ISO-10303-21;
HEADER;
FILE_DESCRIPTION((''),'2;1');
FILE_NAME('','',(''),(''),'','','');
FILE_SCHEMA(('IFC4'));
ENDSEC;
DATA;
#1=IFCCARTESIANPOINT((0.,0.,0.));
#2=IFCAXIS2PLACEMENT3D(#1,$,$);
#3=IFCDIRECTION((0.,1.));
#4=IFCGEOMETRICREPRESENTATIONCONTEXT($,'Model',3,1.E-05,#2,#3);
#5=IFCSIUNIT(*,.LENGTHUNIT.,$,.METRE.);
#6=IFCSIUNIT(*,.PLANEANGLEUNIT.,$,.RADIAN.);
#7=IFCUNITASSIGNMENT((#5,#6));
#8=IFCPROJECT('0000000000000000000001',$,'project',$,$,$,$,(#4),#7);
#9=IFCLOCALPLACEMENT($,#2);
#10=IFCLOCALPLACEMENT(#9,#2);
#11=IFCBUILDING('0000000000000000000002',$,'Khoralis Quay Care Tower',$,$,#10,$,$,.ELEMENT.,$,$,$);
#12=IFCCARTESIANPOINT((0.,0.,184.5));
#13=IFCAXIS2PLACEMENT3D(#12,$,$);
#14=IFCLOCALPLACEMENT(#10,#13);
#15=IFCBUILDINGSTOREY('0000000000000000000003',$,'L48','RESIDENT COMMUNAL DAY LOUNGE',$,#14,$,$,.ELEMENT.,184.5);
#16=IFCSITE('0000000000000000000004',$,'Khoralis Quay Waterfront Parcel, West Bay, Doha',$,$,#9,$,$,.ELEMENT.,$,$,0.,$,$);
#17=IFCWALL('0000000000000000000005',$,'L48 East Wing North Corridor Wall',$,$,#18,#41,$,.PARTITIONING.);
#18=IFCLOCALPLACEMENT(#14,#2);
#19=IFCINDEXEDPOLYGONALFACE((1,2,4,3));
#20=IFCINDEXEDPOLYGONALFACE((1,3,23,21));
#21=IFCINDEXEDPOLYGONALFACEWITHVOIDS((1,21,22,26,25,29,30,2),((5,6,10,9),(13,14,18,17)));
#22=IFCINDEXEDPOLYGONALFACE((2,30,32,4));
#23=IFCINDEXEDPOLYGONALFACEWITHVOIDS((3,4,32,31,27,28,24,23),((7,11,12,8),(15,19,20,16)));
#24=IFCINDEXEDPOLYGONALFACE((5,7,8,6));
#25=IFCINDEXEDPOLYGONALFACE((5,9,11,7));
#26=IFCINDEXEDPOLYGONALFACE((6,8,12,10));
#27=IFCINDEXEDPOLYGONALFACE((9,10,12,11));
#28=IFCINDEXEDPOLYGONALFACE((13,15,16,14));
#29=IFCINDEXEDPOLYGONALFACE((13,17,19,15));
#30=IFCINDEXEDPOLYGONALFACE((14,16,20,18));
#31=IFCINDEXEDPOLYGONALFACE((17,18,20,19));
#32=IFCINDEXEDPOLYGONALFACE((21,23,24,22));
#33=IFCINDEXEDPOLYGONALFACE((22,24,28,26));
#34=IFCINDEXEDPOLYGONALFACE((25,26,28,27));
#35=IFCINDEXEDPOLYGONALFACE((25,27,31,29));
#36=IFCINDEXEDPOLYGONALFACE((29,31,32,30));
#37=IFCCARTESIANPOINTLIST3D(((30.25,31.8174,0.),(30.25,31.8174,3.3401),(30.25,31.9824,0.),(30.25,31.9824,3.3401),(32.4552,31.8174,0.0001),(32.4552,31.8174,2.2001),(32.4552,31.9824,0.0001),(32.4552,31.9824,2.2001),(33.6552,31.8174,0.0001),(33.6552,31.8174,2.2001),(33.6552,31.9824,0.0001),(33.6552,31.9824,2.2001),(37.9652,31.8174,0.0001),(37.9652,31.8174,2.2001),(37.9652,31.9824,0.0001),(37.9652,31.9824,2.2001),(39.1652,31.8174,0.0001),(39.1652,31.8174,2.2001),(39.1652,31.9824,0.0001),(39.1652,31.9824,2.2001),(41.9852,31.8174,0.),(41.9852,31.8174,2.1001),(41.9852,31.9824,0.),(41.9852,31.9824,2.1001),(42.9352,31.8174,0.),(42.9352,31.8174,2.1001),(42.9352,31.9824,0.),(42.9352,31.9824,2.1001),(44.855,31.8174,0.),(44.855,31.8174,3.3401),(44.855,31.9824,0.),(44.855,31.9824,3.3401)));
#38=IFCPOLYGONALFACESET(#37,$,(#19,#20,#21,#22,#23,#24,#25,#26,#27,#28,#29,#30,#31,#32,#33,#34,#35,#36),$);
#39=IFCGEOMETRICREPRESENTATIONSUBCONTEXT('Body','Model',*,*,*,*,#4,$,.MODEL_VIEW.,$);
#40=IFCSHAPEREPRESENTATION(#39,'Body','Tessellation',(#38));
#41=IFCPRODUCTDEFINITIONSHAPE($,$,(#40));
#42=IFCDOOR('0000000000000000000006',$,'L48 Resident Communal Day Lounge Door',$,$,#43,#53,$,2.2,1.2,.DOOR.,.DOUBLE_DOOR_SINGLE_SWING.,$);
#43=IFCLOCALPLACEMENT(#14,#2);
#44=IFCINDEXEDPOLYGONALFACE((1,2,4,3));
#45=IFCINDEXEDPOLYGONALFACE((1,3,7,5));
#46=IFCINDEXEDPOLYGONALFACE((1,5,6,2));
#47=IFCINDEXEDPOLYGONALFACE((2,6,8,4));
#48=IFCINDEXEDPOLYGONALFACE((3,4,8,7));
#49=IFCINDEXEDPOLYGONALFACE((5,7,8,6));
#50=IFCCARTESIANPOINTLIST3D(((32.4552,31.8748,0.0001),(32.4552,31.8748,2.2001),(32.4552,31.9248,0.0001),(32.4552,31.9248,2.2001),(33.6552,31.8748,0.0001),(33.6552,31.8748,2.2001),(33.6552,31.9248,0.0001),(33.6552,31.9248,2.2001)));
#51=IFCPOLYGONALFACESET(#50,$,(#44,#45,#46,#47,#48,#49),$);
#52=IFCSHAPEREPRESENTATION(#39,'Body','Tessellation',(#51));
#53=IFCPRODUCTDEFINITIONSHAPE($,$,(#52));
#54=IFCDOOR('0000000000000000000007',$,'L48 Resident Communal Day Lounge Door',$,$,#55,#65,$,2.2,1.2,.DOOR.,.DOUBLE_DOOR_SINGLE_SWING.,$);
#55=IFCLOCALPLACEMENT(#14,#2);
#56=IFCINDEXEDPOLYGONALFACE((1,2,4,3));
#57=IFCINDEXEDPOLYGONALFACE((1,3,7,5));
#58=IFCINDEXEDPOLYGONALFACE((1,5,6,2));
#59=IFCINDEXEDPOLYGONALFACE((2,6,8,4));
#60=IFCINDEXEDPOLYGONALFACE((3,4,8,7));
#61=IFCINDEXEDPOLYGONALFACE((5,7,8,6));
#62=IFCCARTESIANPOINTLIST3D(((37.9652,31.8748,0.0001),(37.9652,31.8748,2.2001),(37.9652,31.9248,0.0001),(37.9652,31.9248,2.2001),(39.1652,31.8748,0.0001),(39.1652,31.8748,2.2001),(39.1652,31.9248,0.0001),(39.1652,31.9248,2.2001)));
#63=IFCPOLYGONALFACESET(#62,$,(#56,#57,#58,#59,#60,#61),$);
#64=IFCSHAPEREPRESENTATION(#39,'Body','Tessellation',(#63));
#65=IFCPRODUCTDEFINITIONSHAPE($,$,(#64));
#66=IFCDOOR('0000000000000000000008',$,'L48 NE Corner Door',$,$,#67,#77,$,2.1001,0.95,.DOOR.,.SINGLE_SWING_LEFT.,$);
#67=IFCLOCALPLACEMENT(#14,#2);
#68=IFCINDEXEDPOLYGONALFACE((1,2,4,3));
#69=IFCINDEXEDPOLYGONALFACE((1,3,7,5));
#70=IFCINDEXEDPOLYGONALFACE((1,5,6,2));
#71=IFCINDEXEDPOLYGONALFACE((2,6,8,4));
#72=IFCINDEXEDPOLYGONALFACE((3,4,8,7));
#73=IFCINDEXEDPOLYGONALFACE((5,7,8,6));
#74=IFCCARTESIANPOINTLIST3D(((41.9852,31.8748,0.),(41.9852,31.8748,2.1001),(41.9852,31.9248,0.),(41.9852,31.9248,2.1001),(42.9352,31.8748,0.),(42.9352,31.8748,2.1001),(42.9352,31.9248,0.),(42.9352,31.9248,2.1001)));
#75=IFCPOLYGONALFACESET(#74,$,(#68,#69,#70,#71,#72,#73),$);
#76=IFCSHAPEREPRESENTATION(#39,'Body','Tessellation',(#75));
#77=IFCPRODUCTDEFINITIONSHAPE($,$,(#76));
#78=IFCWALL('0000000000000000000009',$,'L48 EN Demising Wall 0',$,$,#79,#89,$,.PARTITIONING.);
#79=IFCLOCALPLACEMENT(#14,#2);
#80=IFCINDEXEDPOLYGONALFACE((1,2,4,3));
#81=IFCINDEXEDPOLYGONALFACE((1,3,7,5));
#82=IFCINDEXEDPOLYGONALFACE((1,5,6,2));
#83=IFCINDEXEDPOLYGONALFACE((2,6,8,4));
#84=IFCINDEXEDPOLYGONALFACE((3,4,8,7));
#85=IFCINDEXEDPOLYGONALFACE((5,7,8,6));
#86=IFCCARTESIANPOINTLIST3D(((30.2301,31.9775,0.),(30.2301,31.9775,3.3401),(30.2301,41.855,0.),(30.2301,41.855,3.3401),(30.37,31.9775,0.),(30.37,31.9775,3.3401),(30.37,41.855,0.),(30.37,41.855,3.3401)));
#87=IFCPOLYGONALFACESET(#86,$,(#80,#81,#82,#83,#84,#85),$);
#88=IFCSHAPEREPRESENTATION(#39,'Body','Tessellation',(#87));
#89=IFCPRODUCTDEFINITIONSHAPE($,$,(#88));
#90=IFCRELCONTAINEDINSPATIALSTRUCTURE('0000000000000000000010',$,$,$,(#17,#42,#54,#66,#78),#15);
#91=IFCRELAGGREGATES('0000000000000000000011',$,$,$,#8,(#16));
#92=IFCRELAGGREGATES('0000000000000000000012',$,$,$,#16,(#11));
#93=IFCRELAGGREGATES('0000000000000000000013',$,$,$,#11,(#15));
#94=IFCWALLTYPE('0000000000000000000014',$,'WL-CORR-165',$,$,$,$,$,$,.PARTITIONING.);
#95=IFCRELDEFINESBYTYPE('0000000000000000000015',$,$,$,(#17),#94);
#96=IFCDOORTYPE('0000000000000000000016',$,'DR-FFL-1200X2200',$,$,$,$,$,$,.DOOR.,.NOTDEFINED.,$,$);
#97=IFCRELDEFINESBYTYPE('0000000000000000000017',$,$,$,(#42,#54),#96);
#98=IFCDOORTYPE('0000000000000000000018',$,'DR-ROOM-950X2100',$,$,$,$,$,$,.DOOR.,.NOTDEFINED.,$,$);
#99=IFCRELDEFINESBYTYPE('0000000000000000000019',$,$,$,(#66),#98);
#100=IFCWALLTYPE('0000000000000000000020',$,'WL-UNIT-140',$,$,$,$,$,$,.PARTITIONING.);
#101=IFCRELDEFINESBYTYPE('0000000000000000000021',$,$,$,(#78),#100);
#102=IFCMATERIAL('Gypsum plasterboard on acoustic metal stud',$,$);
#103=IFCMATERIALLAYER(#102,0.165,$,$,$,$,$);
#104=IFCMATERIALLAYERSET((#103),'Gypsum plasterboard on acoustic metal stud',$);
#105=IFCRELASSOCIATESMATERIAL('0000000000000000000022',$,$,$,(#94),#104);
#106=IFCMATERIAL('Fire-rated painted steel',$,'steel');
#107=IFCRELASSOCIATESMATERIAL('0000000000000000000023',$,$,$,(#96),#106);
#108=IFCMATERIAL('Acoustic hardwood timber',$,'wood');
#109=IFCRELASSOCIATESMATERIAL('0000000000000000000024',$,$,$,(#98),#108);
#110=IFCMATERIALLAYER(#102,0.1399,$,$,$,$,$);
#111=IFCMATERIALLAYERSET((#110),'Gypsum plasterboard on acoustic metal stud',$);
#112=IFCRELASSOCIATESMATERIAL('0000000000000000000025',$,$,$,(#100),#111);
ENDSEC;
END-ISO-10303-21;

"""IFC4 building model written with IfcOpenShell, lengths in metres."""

from ifc_helpers import new_model, si_unit, direction, frame, frame_2d, origin, place, context, subcontext, project, spatial, rectangle, extrude, source, transform, mapped, material, layer, layer_set, type_object, element, fill, save


model = new_model("IFC4")

# Units and contexts
model_context = context("Model", 3, precision=1e-05, world=origin(), true_north=direction((0.0, 1.0)))
body_context = subcontext(model_context, "Body", "Model", "MODEL_VIEW")
ifc_project = project(units=[si_unit("LENGTHUNIT", "METRE"), si_unit("PLANEANGLEUNIT", "RADIAN")], contexts=[model_context])

# Site, building, storey
site_placement = place(None, origin())
site = spatial("IfcSite", under=ifc_project, at=site_placement, Name="Khoralis Quay Waterfront Parcel, West Bay, Doha", CompositionType="ELEMENT", RefElevation=0.0)
building_placement = place(site_placement, origin())
building = spatial("IfcBuilding", under=site, at=building_placement, Name="Khoralis Quay Care Tower", CompositionType="ELEMENT")
storey_placement = place(building_placement, frame((0.0, 0.0, 184.5)))
storey = spatial("IfcBuildingStorey", under=building, at=storey_placement, Name="L48", Description="RESIDENT COMMUNAL DAY LOUNGE", CompositionType="ELEMENT", Elevation=184.5)

# Wall, openings, doors
ifc_material_1 = material(Name="Gypsum plasterboard on acoustic metal stud")
ifc_layer_1 = layer(ifc_material_1, 0.165)
ifc_layer_set_1 = layer_set([ifc_layer_1], Name="Gypsum plasterboard on acoustic metal stud")
wall_type_1 = type_object("IfcWallType", Name="WL-CORR-165", PredefinedType="PARTITIONING", material=ifc_layer_set_1)
wall_1_placement = place(storey_placement, frame((30.25, 31.8999, 0.0), z_axis=(0.0, 0.0, 1.0), x_axis=(1.0, 0.0, 0.0)))
wall_1 = element("IfcWall", 1, at=wall_1_placement, inside=storey, type_object=wall_type_1, Name="L48 East Wing North Corridor Wall", PredefinedType="PARTITIONING", context=body_context, shape_type="SweptSolid", body=[
    extrude(rectangle(XDim=14.605, YDim=0.165, at=frame_2d((7.3025, 0.0))), origin(), (0.0, 0.0, 1.0), 3.3401),
])
opening_1_placement = place(wall_1_placement, frame((2.2051, 0.0, 0.0)))
opening_1 = element("IfcOpeningElement", 2, at=opening_1_placement, cuts=wall_1, PredefinedType="OPENING", context=body_context, shape_type="SweptSolid", body=[
    extrude(rectangle(XDim=1.2, YDim=2.2, at=frame_2d((0.6001, 1.1001))), frame((0.0, 0.0925, 0.0), z_axis=(0.0, -1.0, 0.0), x_axis=(1.0, 0.0, 0.0)), (0.0, 0.0, 1.0), 0.1851),
])
opening_2_placement = place(wall_1_placement, frame((7.7151, 0.0, 0.0)))
opening_2 = element("IfcOpeningElement", 3, at=opening_2_placement, cuts=wall_1, PredefinedType="OPENING", context=body_context, shape_type="SweptSolid", body=[
    extrude(rectangle(XDim=1.2, YDim=2.2, at=frame_2d((0.6001, 1.1001))), frame((0.0, 0.0925, 0.0), z_axis=(0.0, -1.0, 0.0), x_axis=(1.0, 0.0, 0.0)), (0.0, 0.0, 1.0), 0.1851),
])
opening_3_placement = place(wall_1_placement, frame((11.7351, 0.0, 0.0)))
opening_3 = element("IfcOpeningElement", 4, at=opening_3_placement, cuts=wall_1, PredefinedType="OPENING", context=body_context, shape_type="SweptSolid", body=[
    extrude(rectangle(XDim=0.95, YDim=2.1001, at=frame_2d((0.4751, 1.05))), frame((0.0, 0.0925, 0.0), z_axis=(0.0, -1.0, 0.0), x_axis=(1.0, 0.0, 0.0)), (0.0, 0.0, 1.0), 0.1851),
])
ifc_material_2 = material(Name="Fire-rated painted steel", Category="steel")
door_type_1 = type_object("IfcDoorType", Name="DR-FFL-1200X2200", OperationType="NOTDEFINED", PredefinedType="DOOR", material=ifc_material_2)
shared_shape_1 = source(origin(), body_context, "Body", "SweptSolid", [
    extrude(rectangle(XDim=1.2, YDim=2.2, at=frame_2d((0.6001, 1.1001))), frame((0.0, 0.0249, 0.0), z_axis=(0.0, -1.0, 0.0), x_axis=(1.0, 0.0, 0.0)), (0.0, 0.0, 1.0), 0.05),
])
door_1_placement = place(opening_1_placement, origin())
door_1 = element("IfcDoor", 5, at=door_1_placement, inside=storey, type_object=door_type_1, Name="L48 Resident Communal Day Lounge Door", OperationType="DOUBLE_DOOR_SINGLE_SWING", OverallHeight=2.2, OverallWidth=1.2, PredefinedType="DOOR", context=body_context, shape_type="MappedRepresentation", body=[
    mapped(shared_shape_1, transform((0.0, 0.0, 0.0), scale=1.0)),
])
fill(opening_1, door_1)
door_2_placement = place(opening_2_placement, origin())
door_2 = element("IfcDoor", 6, at=door_2_placement, inside=storey, type_object=door_type_1, Name="L48 Resident Communal Day Lounge Door", OperationType="DOUBLE_DOOR_SINGLE_SWING", OverallHeight=2.2, OverallWidth=1.2, PredefinedType="DOOR", context=body_context, shape_type="MappedRepresentation", body=[
    mapped(shared_shape_1, transform((0.0, 0.0, 0.0), scale=1.0)),
])
fill(opening_2, door_2)
ifc_material_3 = material(Name="Acoustic hardwood timber", Category="wood")
door_type_2 = type_object("IfcDoorType", Name="DR-ROOM-950X2100", OperationType="NOTDEFINED", PredefinedType="DOOR", material=ifc_material_3)
shared_shape_2 = source(origin(), body_context, "Body", "SweptSolid", [
    extrude(rectangle(XDim=0.95, YDim=2.1001, at=frame_2d((0.4751, 1.05))), frame((0.0, 0.0249, 0.0), z_axis=(0.0, -1.0, 0.0), x_axis=(1.0, 0.0, 0.0)), (0.0, 0.0, 1.0), 0.05),
])
door_3_placement = place(opening_3_placement, origin())
door_3 = element("IfcDoor", 7, at=door_3_placement, inside=storey, type_object=door_type_2, Name="L48 NE Corner Door", OperationType="SINGLE_SWING_LEFT", OverallHeight=2.1001, OverallWidth=0.95, PredefinedType="DOOR", context=body_context, shape_type="MappedRepresentation", body=[
    mapped(shared_shape_2, transform((0.0, 0.0, 0.0), scale=1.0)),
])
fill(opening_3, door_3)

# Wall
ifc_layer_2 = layer(ifc_material_1, 0.1399)
ifc_layer_set_2 = layer_set([ifc_layer_2], Name="Gypsum plasterboard on acoustic metal stud")
wall_type_2 = type_object("IfcWallType", Name="WL-UNIT-140", PredefinedType="PARTITIONING", material=ifc_layer_set_2)
wall_2_placement = place(storey_placement, frame((30.3, 31.9775, 0.0), z_axis=(0.0, 0.0, 1.0), x_axis=(0.0, 1.0, 0.0)))
element("IfcWall", 8, at=wall_2_placement, inside=storey, type_object=wall_type_2, Name="L48 EN Demising Wall 0", PredefinedType="PARTITIONING", context=body_context, shape_type="SweptSolid", body=[
    extrude(rectangle(XDim=9.8774, YDim=0.1399, at=frame_2d((4.9387, 0.0))), origin(), (0.0, 0.0, 1.0), 3.3401),
])

save(model, "model.ifc")
